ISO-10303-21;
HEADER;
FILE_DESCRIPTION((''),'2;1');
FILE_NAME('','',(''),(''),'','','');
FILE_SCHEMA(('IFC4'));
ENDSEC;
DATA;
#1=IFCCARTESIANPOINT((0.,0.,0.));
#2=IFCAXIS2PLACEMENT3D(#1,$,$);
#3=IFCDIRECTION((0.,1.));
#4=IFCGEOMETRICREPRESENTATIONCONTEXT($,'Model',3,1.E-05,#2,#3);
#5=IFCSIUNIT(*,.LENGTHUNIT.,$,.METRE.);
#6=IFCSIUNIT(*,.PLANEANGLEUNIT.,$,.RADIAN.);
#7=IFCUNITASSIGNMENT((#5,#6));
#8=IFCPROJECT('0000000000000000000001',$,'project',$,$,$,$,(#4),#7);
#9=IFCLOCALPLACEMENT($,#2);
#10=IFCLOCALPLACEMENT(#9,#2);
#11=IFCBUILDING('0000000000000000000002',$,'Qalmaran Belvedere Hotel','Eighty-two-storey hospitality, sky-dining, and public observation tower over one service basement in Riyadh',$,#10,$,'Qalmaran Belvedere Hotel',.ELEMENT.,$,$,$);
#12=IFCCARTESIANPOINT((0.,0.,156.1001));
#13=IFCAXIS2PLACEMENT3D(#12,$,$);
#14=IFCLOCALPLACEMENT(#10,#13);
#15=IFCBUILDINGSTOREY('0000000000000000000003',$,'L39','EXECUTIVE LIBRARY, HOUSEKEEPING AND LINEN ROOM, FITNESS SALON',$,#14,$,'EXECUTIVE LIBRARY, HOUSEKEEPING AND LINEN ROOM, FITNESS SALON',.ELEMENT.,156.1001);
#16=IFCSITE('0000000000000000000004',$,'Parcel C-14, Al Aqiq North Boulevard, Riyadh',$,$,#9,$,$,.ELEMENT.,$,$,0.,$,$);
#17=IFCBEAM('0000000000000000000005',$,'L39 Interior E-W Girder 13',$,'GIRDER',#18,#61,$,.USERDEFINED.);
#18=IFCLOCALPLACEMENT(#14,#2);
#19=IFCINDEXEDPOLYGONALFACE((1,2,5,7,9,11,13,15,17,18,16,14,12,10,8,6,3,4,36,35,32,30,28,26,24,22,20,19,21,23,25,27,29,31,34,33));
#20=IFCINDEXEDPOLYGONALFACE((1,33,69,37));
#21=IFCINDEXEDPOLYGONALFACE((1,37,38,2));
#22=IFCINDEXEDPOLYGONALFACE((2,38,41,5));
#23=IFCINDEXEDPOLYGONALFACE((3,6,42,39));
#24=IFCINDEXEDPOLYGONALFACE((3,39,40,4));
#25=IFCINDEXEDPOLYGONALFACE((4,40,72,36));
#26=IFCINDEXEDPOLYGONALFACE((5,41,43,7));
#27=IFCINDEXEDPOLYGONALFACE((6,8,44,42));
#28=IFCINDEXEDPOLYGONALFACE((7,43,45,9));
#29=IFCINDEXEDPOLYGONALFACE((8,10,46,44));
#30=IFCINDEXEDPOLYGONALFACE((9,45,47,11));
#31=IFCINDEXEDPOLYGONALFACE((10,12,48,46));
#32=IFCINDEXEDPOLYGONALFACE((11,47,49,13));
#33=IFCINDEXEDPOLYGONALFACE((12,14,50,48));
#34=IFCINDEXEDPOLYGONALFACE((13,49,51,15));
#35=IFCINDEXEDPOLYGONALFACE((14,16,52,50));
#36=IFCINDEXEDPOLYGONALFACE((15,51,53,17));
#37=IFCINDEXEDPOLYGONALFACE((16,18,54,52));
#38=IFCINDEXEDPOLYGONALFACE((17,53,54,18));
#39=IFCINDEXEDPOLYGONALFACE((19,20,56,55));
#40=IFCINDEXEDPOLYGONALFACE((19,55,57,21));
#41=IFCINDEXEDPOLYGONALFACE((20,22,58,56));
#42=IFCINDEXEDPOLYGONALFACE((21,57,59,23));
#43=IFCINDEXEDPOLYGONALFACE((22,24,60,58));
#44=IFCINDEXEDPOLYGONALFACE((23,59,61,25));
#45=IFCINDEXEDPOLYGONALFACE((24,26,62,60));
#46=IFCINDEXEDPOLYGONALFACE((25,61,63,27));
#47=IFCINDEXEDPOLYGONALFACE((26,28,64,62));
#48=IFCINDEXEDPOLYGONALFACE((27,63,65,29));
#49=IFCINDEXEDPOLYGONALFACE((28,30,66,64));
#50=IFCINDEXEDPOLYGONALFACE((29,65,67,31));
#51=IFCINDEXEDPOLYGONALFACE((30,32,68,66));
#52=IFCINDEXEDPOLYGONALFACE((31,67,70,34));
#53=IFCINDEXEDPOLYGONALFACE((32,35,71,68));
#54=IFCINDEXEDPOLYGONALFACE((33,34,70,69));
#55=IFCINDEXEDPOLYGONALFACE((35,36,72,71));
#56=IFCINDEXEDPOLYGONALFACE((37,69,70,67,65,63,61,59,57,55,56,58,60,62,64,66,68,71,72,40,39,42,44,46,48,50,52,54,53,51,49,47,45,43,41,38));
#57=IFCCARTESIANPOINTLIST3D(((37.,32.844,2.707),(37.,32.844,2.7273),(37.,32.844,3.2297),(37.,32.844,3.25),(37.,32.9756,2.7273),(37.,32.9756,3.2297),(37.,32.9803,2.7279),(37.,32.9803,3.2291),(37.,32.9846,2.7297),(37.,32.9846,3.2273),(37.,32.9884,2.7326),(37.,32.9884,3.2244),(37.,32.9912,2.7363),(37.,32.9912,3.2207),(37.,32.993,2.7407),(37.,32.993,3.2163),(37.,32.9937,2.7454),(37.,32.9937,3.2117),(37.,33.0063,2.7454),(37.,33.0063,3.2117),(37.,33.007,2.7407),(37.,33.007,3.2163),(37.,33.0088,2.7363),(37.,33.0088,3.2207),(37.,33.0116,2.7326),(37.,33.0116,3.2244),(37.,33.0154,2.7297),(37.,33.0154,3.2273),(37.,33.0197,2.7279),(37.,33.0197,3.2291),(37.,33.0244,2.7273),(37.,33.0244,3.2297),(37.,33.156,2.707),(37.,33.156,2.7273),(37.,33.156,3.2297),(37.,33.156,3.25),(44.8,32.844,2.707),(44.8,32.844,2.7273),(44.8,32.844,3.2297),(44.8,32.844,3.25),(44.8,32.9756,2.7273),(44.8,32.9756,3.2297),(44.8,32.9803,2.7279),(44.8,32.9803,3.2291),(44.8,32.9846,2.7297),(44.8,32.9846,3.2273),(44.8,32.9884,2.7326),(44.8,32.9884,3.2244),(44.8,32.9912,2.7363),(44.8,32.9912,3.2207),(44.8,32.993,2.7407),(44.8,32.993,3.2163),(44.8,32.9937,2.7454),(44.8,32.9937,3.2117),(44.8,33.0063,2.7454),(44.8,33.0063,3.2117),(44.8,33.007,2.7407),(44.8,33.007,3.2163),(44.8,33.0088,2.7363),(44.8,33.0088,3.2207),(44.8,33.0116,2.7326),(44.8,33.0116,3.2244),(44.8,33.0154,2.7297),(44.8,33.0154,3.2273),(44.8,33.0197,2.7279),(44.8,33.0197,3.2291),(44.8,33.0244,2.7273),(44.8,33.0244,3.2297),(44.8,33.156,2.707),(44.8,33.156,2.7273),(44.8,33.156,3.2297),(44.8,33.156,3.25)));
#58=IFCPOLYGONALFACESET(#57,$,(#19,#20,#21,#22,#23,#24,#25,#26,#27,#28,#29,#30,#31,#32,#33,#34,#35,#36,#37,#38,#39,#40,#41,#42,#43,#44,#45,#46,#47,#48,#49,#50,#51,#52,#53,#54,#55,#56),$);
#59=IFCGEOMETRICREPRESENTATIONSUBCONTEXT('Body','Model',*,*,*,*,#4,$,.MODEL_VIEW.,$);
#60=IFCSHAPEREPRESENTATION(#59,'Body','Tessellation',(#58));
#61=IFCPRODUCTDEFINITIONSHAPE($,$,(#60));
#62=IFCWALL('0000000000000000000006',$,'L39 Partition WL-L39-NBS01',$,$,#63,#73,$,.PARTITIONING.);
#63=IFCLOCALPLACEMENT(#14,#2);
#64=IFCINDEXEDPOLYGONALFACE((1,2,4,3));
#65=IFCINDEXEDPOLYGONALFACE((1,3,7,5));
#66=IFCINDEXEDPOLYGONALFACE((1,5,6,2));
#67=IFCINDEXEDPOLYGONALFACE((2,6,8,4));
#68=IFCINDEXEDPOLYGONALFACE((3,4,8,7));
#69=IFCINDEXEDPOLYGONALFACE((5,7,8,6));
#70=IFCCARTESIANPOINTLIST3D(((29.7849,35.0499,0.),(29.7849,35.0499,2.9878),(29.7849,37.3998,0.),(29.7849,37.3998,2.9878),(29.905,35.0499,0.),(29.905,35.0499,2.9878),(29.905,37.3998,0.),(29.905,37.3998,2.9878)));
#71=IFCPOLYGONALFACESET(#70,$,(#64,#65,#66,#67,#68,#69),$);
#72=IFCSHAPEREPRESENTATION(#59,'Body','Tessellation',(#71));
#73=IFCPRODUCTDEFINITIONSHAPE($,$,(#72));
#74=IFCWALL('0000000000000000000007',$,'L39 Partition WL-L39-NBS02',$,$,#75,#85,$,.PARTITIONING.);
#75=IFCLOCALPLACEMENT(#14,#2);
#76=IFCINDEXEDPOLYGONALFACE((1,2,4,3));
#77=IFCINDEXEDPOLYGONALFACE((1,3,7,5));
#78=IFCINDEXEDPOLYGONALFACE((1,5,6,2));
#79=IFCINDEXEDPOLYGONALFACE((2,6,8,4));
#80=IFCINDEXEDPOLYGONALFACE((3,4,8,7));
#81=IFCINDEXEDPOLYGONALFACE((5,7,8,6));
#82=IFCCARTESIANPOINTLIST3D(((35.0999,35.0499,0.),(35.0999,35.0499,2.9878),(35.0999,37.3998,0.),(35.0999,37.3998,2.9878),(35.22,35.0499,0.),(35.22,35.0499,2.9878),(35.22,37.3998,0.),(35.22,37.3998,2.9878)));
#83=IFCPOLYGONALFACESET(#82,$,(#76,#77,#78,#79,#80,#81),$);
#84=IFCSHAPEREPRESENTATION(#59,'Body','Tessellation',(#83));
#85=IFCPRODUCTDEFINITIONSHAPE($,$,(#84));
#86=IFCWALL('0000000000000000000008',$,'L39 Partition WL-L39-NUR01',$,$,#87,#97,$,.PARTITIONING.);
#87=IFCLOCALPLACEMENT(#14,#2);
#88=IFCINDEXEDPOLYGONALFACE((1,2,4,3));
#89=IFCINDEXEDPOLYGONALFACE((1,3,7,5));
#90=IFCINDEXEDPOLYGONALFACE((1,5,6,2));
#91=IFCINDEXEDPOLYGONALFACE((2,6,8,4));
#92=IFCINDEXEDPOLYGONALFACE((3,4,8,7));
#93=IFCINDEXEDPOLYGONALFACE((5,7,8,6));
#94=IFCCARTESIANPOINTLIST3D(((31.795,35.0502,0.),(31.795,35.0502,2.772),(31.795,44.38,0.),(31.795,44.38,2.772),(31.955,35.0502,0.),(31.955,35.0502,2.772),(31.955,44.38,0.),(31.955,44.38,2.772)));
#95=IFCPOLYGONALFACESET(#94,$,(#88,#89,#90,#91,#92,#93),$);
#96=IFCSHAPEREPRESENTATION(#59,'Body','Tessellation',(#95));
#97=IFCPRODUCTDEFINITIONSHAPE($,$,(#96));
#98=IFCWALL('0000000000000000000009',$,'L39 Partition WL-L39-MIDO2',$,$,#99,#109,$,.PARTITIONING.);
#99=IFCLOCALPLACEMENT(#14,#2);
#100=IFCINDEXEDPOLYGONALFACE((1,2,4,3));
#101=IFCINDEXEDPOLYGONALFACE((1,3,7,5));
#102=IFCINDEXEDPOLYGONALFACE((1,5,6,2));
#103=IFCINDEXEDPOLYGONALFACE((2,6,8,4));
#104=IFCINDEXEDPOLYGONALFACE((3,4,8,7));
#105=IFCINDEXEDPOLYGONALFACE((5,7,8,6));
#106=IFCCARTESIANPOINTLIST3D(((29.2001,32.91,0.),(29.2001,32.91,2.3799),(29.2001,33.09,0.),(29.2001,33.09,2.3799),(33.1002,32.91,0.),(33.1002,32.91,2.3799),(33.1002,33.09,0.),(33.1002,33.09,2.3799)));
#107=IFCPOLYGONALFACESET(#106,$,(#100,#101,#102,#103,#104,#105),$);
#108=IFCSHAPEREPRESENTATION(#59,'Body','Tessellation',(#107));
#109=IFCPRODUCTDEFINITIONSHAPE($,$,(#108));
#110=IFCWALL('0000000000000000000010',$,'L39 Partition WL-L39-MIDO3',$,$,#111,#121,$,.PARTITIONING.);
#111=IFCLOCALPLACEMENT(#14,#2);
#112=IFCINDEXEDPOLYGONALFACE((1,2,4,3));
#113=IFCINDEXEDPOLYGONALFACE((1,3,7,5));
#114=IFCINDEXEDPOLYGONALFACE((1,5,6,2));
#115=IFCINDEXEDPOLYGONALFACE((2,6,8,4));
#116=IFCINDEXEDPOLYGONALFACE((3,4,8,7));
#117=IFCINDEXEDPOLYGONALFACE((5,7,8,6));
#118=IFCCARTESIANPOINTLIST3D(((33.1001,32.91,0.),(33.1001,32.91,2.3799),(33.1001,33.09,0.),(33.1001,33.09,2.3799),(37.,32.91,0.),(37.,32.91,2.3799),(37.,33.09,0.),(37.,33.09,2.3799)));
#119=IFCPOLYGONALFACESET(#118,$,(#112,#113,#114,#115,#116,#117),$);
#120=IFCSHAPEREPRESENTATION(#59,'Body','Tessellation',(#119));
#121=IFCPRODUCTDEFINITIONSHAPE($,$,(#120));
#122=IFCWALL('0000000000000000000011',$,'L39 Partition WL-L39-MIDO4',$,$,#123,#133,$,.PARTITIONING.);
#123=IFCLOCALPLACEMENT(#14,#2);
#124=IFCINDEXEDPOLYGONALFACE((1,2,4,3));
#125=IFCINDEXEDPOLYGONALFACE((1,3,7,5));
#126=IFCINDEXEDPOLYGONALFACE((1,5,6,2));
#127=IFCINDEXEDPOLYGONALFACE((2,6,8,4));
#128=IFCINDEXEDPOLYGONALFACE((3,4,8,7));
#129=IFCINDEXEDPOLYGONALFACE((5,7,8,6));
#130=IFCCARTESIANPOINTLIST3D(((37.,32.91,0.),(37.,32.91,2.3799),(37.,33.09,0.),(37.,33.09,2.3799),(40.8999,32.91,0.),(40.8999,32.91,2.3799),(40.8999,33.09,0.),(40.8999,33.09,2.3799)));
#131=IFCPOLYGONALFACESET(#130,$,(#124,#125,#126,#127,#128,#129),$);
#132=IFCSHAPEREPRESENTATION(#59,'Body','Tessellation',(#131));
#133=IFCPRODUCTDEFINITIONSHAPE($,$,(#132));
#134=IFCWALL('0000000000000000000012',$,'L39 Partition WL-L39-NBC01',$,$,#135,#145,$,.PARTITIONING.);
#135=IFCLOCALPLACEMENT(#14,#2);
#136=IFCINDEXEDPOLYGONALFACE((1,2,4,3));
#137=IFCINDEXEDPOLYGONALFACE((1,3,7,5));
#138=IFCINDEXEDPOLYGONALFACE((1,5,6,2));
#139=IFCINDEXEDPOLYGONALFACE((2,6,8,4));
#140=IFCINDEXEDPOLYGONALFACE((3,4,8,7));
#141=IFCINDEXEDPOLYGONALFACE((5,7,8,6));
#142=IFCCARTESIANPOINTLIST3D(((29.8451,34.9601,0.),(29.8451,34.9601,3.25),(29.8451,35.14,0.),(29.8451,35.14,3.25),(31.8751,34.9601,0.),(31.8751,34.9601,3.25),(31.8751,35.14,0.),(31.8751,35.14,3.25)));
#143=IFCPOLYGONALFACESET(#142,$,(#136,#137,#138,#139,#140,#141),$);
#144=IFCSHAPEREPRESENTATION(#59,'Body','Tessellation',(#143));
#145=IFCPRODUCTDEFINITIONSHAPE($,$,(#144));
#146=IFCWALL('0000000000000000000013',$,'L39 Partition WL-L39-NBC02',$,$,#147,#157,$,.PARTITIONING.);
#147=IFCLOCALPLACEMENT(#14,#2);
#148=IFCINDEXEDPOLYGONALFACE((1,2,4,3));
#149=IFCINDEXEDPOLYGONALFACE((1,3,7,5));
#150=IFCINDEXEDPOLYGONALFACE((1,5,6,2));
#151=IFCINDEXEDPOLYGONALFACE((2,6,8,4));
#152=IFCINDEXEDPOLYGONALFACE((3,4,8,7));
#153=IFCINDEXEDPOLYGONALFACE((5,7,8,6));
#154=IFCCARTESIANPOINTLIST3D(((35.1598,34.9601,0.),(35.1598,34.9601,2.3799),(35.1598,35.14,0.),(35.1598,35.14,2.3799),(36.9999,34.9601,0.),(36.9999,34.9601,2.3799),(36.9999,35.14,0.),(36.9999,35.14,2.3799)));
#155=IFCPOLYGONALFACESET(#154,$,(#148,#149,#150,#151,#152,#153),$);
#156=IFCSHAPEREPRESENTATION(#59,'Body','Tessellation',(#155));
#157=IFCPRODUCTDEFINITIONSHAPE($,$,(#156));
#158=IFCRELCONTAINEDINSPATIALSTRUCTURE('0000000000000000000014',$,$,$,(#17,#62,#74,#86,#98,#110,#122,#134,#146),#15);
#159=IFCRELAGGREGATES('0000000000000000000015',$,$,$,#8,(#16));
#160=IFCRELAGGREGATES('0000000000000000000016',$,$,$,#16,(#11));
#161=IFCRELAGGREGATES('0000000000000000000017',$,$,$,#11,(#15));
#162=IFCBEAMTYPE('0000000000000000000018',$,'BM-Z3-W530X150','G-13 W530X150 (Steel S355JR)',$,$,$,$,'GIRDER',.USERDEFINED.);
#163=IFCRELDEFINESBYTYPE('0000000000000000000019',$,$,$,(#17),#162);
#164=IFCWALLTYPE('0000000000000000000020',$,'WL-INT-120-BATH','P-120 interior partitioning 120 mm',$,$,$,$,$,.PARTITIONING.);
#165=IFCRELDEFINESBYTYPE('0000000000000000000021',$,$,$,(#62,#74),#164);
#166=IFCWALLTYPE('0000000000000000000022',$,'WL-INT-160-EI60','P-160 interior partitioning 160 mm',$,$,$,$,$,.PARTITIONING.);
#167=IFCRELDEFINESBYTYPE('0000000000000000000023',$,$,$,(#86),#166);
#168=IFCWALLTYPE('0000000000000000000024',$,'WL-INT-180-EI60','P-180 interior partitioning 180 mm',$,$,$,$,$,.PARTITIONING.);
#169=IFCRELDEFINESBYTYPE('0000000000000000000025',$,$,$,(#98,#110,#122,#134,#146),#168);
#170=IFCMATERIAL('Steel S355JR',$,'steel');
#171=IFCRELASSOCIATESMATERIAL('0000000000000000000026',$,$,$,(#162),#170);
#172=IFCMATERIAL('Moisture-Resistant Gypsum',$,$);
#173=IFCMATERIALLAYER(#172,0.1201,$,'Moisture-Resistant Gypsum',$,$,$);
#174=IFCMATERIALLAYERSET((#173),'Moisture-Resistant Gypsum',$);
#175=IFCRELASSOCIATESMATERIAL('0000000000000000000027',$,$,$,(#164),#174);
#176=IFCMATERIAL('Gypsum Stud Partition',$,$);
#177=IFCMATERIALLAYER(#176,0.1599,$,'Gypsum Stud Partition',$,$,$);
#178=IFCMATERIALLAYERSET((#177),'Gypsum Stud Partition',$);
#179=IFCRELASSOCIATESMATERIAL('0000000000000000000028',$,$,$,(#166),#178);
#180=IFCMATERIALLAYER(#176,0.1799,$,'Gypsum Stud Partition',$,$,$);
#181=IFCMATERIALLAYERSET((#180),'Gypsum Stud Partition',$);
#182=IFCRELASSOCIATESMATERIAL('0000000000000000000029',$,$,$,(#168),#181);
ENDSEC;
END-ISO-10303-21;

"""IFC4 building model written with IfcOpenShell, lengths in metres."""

from ifc_helpers import new_model, si_unit, direction, frame, frame_2d, origin, origin_2d, place, context, subcontext, project, spatial, rectangle, i_section, extrude, material, layer, layer_set, material_profile, profile_set, type_object, element, save


model = new_model("IFC4")

# Units and contexts
model_context = context("Model", 3, precision=1e-05, world=origin(), true_north=direction((0.0, 1.0)))
body_context = subcontext(model_context, "Body", "Model", "MODEL_VIEW")
ifc_project = project(units=[si_unit("LENGTHUNIT", "METRE"), si_unit("PLANEANGLEUNIT", "RADIAN")], contexts=[model_context])

# Site, building, storey
site_placement = place(None, origin())
site = spatial("IfcSite", under=ifc_project, at=site_placement, Name="Parcel C-14, Al Aqiq North Boulevard, Riyadh", CompositionType="ELEMENT", RefElevation=0.0)
building_placement = place(site_placement, origin())
building = spatial("IfcBuilding", under=site, at=building_placement, Name="Qalmaran Belvedere Hotel", Description="Eighty-two-storey hospitality, sky-dining, and public observation tower over one service basement in Riyadh", LongName="Qalmaran Belvedere Hotel", CompositionType="ELEMENT")
storey_placement = place(building_placement, frame((0.0, 0.0, 156.1001)))
storey = spatial("IfcBuildingStorey", under=building, at=storey_placement, Name="L39", Description="EXECUTIVE LIBRARY, HOUSEKEEPING AND LINEN ROOM, FITNESS SALON", LongName="EXECUTIVE LIBRARY, HOUSEKEEPING AND LINEN ROOM, FITNESS SALON", CompositionType="ELEMENT", Elevation=156.1001)

# Beam
ifc_material_1 = material(Name="Steel S355JR", Category="steel")
ifc_material_profile_1 = material_profile(ifc_material_1, i_section(OverallWidth=0.312, OverallDepth=0.543, WebThickness=0.0127, FlangeThickness=0.0203, FilletRadius=0.0181, at=origin_2d()), Name="W530X150")
ifc_profile_set_1 = profile_set([ifc_material_profile_1], Name="Steel S355JR")
beam_type_1 = type_object("IfcBeamType", Name="BM-Z3-W530X150", Description="G-13 W530X150 (Steel S355JR)", ElementType="GIRDER", PredefinedType="USERDEFINED", material=ifc_profile_set_1)
for number, where, z_axis, x_axis, name in (
    (1, (37.0, 33.0, 2.9785), (1.0, 0.0, 0.0), (0.0, 1.0, 0.0), "L39 Interior E-W Girder 13"),
):
    element("IfcBeam", number, at=place(storey_placement, frame(where, z_axis=z_axis, x_axis=x_axis)), inside=storey, type_object=beam_type_1, Name=name, ObjectType="GIRDER", PredefinedType="USERDEFINED", context=body_context, shape_type="SweptSolid", body=[
        extrude(i_section(OverallWidth=0.312, OverallDepth=0.543, WebThickness=0.0127, FlangeThickness=0.0203, FilletRadius=0.0181, at=origin_2d()), origin(), (0.0, 0.0, 1.0), 7.8),
    ])

# Walls
ifc_material_2 = material(Name="Moisture-Resistant Gypsum")
ifc_layer_1 = layer(ifc_material_2, 0.1201, Name="Moisture-Resistant Gypsum")
ifc_layer_set_1 = layer_set([ifc_layer_1], Name="Moisture-Resistant Gypsum")
wall_type_1 = type_object("IfcWallType", Name="WL-INT-120-BATH", Description="P-120 interior partitioning 120 mm", PredefinedType="PARTITIONING", material=ifc_layer_set_1)
for number, where, z_axis, x_axis, name in (
    (2, (29.845, 35.05, 0.0), (0.0, 0.0, 1.0), (0.0, 1.0, 0.0), "L39 Partition WL-L39-NBS01"),
    (3, (35.1599, 35.05, 0.0), (0.0, 0.0, 1.0), (0.0, 1.0, 0.0), "L39 Partition WL-L39-NBS02"),
):
    element("IfcWall", number, at=place(storey_placement, frame(where, z_axis=z_axis, x_axis=x_axis)), inside=storey, type_object=wall_type_1, Name=name, PredefinedType="PARTITIONING", context=body_context, shape_type="SweptSolid", body=[
        extrude(rectangle(XDim=2.3499, YDim=0.1201, at=frame_2d((1.1748, 0.0))), origin(), (0.0, 0.0, 1.0), 2.9878),
    ])
ifc_material_3 = material(Name="Gypsum Stud Partition")
ifc_layer_2 = layer(ifc_material_3, 0.1599, Name="Gypsum Stud Partition")
ifc_layer_set_2 = layer_set([ifc_layer_2], Name="Gypsum Stud Partition")
wall_type_2 = type_object("IfcWallType", Name="WL-INT-160-EI60", Description="P-160 interior partitioning 160 mm", PredefinedType="PARTITIONING", material=ifc_layer_set_2)
wall_1_placement = place(storey_placement, frame((31.875, 35.05, 0.0), z_axis=(0.0, 0.0, 1.0), x_axis=(0.0, 1.0, 0.0)))
element("IfcWall", 4, at=wall_1_placement, inside=storey, type_object=wall_type_2, Name="L39 Partition WL-L39-NUR01", PredefinedType="PARTITIONING", context=body_context, shape_type="SweptSolid", body=[
    extrude(rectangle(XDim=9.3298, YDim=0.1599, at=frame_2d((4.665, 0.0))), origin(), (0.0, 0.0, 1.0), 2.772),
])
ifc_layer_3 = layer(ifc_material_3, 0.1799, Name="Gypsum Stud Partition")
ifc_layer_set_3 = layer_set([ifc_layer_3], Name="Gypsum Stud Partition")
wall_type_3 = type_object("IfcWallType", Name="WL-INT-180-EI60", Description="P-180 interior partitioning 180 mm", PredefinedType="PARTITIONING", material=ifc_layer_set_3)
wall_2_placement = place(storey_placement, frame((29.2, 33.0, 0.0), z_axis=(0.0, 0.0, 1.0), x_axis=(1.0, 0.0, 0.0)))
element("IfcWall", 5, at=wall_2_placement, inside=storey, type_object=wall_type_3, Name="L39 Partition WL-L39-MIDO2", PredefinedType="PARTITIONING", context=body_context, shape_type="SweptSolid", body=[
    extrude(rectangle(XDim=3.9001, YDim=0.1799, at=frame_2d((1.9502, 0.0))), origin(), (0.0, 0.0, 1.0), 2.3799),
])
for number, where, z_axis, x_axis, name in (
    (6, (33.1001, 33.0, 0.0), (0.0, 0.0, 1.0), (1.0, 0.0, 0.0), "L39 Partition WL-L39-MIDO3"),
    (7, (37.0, 33.0, 0.0), (0.0, 0.0, 1.0), (1.0, 0.0, 0.0), "L39 Partition WL-L39-MIDO4"),
):
    element("IfcWall", number, at=place(storey_placement, frame(where, z_axis=z_axis, x_axis=x_axis)), inside=storey, type_object=wall_type_3, Name=name, PredefinedType="PARTITIONING", context=body_context, shape_type="SweptSolid", body=[
        extrude(rectangle(XDim=3.8999, YDim=0.1799, at=frame_2d((1.95, 0.0))), origin(), (0.0, 0.0, 1.0), 2.3799),
    ])
wall_3_placement = place(storey_placement, frame((29.845, 35.05, 0.0), z_axis=(0.0, 0.0, 1.0), x_axis=(1.0, 0.0, 0.0)))
element("IfcWall", 8, at=wall_3_placement, inside=storey, type_object=wall_type_3, Name="L39 Partition WL-L39-NBC01", PredefinedType="PARTITIONING", context=body_context, shape_type="SweptSolid", body=[
    extrude(rectangle(XDim=2.03, YDim=0.1799, at=frame_2d((1.0151, 0.0))), origin(), (0.0, 0.0, 1.0), 3.25),
])
wall_4_placement = place(storey_placement, frame((35.1599, 35.05, 0.0), z_axis=(0.0, 0.0, 1.0), x_axis=(1.0, 0.0, 0.0)))
element("IfcWall", 9, at=wall_4_placement, inside=storey, type_object=wall_type_3, Name="L39 Partition WL-L39-NBC02", PredefinedType="PARTITIONING", context=body_context, shape_type="SweptSolid", body=[
    extrude(rectangle(XDim=1.8401, YDim=0.1799, at=frame_2d((0.9199, 0.0))), origin(), (0.0, 0.0, 1.0), 2.3799),
])

save(model, "model.ifc")
